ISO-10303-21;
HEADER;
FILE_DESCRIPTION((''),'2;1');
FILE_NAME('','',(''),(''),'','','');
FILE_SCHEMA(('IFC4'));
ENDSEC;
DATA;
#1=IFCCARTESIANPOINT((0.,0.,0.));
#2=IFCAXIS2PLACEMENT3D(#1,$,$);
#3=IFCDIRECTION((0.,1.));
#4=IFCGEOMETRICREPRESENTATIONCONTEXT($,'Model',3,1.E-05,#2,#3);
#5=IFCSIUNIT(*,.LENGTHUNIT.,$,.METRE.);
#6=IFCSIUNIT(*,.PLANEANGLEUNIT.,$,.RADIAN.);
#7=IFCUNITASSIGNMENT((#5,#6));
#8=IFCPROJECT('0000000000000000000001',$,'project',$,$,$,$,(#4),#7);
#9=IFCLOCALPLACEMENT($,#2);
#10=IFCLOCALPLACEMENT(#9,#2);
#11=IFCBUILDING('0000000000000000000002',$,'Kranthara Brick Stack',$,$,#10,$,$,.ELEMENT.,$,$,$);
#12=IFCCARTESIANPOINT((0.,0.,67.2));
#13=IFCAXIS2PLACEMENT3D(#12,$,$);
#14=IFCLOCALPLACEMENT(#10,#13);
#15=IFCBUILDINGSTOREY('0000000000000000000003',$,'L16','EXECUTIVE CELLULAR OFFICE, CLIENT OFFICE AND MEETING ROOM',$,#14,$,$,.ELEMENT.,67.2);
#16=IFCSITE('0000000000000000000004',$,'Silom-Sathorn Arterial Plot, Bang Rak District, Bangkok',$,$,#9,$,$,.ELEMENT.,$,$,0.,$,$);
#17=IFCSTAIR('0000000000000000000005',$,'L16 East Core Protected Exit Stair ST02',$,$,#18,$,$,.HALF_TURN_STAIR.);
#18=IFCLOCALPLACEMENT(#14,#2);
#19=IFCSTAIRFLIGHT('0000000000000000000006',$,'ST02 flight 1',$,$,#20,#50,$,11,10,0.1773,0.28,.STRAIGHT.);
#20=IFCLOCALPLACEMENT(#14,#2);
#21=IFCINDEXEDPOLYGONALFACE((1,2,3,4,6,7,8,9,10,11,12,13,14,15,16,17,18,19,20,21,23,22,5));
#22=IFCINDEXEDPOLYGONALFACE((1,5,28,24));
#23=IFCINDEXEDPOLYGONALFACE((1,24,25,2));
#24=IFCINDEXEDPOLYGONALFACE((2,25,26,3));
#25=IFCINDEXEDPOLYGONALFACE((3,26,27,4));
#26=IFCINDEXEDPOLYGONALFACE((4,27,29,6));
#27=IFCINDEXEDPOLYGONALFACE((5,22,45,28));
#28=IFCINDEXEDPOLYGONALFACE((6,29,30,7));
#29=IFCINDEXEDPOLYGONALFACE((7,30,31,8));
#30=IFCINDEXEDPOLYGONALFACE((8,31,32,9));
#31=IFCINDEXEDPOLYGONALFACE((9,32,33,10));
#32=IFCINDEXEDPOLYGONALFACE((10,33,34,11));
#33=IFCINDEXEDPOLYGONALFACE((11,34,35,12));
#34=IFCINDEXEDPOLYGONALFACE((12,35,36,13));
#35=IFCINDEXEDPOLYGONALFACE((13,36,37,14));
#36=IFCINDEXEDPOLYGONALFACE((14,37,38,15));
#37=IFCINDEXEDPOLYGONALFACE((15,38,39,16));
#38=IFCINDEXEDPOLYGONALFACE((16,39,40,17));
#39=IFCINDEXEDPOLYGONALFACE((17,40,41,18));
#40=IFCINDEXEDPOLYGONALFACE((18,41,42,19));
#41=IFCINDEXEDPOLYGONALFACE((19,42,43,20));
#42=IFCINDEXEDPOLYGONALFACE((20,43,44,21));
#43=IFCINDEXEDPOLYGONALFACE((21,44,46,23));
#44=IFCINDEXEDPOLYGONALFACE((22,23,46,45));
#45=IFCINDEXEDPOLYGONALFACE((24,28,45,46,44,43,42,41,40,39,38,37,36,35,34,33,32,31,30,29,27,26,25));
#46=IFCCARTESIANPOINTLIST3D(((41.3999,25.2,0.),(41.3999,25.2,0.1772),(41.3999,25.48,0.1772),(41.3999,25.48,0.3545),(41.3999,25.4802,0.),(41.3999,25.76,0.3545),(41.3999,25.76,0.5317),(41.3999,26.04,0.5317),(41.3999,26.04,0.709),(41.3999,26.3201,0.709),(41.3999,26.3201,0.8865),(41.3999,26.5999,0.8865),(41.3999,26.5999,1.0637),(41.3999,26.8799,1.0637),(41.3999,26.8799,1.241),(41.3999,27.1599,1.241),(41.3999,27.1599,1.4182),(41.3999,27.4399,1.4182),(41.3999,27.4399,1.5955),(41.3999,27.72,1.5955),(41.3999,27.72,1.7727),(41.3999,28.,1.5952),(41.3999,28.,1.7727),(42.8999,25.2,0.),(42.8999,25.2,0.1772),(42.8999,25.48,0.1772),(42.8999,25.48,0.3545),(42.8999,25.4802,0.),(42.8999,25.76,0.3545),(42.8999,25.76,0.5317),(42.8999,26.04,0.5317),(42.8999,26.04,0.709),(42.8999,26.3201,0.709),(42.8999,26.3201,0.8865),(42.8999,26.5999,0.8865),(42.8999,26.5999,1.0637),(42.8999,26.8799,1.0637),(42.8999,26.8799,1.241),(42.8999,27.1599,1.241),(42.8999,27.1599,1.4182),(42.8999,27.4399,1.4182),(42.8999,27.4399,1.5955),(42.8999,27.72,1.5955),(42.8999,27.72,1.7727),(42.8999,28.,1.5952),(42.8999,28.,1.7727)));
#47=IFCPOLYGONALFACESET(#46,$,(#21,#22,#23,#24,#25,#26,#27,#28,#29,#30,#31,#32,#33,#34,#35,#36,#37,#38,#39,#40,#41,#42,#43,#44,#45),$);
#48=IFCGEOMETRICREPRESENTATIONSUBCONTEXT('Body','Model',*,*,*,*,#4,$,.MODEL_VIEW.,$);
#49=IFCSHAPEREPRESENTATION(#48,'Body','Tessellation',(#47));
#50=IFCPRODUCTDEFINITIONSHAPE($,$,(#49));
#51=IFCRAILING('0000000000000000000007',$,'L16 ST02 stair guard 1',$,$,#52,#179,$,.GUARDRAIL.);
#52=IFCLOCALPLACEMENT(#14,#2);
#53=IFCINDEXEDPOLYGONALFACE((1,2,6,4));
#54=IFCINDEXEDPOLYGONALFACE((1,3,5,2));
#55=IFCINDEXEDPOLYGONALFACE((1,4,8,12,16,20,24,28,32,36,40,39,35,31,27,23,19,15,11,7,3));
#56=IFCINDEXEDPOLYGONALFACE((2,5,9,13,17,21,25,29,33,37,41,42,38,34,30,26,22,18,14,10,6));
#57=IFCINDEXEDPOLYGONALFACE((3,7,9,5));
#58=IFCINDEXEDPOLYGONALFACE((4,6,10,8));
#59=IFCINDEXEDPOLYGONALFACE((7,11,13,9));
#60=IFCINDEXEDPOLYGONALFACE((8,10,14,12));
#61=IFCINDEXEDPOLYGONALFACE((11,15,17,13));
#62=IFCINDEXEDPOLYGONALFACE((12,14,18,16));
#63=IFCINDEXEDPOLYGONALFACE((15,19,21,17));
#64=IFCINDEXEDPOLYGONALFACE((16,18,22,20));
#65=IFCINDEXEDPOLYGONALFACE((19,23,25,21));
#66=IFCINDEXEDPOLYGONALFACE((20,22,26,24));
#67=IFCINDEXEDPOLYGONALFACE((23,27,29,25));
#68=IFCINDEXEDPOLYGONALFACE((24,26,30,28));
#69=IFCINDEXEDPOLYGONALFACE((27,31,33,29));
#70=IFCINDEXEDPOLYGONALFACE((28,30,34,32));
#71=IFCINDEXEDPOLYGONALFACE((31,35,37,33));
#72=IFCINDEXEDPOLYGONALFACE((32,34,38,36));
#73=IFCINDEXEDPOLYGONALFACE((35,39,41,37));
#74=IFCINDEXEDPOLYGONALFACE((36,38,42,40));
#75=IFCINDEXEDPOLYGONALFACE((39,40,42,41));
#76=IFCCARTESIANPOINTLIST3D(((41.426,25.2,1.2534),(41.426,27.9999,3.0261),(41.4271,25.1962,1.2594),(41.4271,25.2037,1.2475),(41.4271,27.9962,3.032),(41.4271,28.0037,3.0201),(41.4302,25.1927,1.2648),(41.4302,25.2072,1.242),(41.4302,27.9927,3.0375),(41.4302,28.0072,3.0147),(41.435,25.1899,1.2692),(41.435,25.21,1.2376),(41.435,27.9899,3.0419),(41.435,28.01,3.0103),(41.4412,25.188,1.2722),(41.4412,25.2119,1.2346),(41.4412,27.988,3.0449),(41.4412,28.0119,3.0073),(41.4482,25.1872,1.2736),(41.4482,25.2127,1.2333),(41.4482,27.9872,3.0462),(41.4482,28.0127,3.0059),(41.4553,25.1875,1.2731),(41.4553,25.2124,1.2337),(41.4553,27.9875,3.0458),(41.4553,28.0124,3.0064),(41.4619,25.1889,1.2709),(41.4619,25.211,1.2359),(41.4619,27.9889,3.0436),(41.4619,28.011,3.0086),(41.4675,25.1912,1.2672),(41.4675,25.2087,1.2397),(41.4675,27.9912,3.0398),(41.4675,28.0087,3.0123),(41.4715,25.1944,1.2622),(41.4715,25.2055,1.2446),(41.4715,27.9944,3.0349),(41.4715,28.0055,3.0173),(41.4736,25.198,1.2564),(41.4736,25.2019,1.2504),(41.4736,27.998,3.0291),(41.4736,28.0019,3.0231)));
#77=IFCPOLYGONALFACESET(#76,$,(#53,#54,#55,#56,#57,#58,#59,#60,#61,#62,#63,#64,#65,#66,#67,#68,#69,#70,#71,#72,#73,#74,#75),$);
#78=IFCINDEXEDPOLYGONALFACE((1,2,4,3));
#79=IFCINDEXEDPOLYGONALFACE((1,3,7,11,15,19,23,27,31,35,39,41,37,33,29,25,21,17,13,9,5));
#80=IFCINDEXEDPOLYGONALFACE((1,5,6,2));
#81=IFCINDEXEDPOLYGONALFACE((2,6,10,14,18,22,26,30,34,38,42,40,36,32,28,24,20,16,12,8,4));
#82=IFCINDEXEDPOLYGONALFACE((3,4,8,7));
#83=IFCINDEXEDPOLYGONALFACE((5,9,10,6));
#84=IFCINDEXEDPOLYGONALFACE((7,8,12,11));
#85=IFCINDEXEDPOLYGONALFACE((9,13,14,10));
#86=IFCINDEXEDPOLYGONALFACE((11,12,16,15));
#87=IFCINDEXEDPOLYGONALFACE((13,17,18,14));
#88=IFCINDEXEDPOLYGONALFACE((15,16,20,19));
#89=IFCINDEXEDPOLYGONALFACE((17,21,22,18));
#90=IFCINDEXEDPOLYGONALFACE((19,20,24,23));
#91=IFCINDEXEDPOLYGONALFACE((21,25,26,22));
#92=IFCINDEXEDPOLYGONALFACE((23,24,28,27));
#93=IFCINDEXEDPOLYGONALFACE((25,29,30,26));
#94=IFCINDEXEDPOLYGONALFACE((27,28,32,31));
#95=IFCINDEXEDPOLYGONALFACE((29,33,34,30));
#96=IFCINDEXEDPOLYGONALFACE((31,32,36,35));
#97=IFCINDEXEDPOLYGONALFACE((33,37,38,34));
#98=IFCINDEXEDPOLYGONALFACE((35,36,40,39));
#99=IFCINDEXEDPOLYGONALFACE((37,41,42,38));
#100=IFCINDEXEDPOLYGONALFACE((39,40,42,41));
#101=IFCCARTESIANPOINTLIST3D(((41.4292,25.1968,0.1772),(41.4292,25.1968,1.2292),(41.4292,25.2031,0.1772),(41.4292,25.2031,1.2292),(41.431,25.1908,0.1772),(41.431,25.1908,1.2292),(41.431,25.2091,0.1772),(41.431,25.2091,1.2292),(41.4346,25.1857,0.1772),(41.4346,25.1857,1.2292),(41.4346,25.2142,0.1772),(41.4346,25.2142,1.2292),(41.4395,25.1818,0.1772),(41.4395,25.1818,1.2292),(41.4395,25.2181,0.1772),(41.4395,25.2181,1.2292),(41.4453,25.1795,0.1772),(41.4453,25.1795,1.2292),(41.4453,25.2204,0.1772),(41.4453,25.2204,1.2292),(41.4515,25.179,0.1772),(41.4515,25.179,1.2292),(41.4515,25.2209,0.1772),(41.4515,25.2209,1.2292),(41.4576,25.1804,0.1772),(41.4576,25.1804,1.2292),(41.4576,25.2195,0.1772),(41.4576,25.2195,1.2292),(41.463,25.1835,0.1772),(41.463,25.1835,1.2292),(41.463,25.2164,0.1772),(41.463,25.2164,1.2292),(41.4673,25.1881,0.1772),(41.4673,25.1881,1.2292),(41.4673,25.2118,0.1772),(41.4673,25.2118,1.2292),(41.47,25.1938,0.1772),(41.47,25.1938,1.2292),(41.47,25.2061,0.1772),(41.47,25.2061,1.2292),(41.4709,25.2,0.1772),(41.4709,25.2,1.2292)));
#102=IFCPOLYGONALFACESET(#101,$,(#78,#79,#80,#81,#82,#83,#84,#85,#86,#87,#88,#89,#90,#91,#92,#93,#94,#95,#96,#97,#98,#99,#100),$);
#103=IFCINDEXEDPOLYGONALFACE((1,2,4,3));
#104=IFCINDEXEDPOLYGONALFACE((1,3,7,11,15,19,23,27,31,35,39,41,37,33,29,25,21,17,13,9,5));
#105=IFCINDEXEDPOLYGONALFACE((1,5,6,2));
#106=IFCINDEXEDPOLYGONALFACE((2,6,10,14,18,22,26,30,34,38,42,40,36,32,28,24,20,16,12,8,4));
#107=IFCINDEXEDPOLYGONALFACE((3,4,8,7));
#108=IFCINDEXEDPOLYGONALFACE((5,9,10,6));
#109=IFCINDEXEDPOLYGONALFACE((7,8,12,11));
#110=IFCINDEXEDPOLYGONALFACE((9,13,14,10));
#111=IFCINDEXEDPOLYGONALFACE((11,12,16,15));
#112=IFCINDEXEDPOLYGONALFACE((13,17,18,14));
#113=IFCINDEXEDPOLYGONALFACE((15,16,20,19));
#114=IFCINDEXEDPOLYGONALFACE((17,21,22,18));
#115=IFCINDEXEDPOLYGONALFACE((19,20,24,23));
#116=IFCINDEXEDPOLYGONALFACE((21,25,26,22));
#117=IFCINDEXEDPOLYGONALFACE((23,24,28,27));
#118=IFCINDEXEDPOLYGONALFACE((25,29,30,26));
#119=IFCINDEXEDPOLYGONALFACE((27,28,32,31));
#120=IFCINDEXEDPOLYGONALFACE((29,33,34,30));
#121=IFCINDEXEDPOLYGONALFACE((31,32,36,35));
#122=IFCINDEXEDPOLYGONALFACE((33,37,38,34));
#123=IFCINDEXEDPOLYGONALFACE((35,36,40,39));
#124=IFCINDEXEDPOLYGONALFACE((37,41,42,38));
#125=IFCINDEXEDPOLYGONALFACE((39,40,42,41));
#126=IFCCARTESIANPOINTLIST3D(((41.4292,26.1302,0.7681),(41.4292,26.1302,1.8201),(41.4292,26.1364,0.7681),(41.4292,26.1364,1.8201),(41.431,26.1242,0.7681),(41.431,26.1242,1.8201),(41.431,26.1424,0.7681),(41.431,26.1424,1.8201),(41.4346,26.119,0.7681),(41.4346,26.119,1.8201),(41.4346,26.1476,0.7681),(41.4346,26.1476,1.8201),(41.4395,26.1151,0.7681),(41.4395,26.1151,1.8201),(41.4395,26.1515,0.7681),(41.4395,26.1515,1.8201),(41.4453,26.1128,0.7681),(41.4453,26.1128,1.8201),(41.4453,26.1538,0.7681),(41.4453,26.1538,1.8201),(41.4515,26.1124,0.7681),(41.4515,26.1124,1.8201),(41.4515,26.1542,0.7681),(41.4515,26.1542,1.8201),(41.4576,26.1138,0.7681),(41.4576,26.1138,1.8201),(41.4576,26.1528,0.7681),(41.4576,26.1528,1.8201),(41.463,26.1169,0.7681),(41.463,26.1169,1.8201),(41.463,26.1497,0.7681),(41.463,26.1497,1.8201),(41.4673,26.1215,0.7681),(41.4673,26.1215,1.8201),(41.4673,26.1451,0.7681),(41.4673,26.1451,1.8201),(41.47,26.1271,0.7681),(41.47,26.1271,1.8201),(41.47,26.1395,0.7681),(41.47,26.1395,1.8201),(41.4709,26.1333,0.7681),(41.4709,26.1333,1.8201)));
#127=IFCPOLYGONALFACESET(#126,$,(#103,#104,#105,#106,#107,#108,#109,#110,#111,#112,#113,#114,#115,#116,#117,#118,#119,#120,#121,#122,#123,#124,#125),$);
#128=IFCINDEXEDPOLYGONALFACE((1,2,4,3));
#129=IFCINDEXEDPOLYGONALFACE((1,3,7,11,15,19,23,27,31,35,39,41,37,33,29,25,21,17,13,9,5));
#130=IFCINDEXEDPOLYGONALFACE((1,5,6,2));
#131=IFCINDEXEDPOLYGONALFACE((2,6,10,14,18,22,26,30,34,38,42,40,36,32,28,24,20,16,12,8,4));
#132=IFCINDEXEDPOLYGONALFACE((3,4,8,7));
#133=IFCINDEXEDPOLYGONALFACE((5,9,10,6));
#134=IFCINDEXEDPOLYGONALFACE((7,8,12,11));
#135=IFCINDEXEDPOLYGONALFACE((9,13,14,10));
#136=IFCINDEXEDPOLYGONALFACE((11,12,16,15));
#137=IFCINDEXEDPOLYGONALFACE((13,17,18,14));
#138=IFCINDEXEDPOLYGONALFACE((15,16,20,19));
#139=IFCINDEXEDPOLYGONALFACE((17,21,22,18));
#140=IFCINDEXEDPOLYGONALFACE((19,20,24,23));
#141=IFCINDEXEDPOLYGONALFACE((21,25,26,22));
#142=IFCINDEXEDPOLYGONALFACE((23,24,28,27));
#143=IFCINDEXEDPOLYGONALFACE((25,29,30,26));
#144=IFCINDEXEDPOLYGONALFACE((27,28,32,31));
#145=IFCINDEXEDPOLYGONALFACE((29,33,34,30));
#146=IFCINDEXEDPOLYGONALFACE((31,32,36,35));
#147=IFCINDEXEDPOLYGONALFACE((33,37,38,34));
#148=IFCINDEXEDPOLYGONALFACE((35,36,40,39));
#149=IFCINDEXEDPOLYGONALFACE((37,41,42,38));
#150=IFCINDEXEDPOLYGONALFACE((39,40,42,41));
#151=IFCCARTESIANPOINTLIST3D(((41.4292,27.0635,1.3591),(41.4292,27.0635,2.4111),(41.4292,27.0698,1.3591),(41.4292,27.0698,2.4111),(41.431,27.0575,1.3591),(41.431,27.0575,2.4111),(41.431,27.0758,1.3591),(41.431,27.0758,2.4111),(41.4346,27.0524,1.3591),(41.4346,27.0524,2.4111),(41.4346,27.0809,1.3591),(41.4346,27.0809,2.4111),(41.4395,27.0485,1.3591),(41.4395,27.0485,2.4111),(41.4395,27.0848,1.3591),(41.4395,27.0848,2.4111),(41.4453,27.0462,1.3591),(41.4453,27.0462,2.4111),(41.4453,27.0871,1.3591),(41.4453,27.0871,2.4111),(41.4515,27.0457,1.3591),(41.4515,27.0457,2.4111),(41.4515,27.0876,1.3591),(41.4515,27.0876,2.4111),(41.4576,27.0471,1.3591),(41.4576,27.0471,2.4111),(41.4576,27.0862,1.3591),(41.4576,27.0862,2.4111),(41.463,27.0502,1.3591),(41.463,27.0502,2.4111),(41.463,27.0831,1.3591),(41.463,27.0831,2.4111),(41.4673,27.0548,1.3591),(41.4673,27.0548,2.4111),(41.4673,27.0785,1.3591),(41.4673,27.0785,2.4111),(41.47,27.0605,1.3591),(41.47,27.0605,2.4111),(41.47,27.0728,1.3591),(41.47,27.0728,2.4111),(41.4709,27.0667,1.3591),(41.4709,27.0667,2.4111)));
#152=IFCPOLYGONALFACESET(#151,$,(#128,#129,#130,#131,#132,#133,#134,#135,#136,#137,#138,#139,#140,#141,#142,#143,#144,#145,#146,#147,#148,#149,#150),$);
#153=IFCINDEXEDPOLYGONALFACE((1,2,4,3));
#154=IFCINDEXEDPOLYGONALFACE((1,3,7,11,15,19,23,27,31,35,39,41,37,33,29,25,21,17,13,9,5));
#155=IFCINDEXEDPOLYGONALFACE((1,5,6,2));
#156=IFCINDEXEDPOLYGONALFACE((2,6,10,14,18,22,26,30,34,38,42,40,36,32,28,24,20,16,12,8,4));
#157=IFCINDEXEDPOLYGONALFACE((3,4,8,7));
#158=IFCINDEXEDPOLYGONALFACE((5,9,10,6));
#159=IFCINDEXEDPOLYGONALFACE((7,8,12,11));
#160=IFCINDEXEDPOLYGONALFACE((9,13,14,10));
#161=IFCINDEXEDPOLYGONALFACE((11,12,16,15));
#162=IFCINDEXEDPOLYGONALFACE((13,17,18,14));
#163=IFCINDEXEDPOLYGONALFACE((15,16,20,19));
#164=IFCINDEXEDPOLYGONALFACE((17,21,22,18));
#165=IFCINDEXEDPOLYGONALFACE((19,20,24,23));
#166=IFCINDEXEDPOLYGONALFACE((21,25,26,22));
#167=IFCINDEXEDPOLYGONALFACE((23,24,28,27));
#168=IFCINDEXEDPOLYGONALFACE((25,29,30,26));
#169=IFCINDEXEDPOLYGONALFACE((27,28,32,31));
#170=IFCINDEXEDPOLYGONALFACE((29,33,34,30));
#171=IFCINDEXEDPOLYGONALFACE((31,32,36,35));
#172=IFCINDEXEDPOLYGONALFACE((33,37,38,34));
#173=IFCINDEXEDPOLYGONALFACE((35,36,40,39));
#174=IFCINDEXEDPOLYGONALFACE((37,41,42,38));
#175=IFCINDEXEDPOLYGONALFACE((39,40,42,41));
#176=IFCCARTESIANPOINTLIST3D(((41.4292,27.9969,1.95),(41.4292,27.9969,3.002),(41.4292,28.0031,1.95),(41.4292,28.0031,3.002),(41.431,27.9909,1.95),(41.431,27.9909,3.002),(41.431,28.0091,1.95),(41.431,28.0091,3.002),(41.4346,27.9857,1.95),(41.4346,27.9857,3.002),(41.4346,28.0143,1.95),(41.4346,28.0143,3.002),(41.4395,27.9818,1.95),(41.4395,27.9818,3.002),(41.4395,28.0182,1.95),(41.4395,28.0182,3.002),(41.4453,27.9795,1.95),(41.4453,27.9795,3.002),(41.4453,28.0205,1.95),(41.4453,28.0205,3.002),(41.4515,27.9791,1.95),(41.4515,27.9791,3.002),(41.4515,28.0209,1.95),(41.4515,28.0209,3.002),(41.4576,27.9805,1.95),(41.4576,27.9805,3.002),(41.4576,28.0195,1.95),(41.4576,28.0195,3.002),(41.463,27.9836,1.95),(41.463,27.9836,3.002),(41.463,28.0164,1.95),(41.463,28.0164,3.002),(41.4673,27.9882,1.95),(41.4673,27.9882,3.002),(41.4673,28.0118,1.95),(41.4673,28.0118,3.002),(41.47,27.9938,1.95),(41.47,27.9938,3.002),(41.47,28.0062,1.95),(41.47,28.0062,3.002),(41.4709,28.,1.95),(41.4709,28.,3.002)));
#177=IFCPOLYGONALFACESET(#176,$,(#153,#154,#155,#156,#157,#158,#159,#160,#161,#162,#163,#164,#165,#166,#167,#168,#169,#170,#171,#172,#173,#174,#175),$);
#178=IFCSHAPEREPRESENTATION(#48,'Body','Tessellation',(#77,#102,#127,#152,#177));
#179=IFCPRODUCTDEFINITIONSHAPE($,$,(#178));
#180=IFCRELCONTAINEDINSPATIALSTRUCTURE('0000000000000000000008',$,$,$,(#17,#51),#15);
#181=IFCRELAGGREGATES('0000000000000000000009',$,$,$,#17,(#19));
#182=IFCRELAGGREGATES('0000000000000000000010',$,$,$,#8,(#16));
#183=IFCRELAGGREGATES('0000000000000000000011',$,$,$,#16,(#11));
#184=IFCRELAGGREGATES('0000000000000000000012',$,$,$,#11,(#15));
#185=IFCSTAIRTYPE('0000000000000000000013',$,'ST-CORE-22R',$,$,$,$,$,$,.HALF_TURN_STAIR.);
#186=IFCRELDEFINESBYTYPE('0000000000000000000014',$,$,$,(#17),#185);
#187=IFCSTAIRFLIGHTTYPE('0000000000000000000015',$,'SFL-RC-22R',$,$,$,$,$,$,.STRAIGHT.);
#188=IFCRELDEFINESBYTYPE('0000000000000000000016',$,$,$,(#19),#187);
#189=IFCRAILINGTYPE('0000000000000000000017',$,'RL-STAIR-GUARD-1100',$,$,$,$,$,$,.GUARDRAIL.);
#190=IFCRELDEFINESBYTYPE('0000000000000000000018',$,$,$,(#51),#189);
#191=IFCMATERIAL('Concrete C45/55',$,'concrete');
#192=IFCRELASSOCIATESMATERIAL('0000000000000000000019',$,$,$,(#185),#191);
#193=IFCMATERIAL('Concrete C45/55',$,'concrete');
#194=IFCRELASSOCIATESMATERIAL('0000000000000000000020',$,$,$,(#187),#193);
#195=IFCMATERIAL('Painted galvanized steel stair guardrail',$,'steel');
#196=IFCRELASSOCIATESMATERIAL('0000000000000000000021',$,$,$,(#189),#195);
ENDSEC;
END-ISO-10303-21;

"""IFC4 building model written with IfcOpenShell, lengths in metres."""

from ifc_helpers import new_model, si_unit, direction, frame, origin, origin_2d, place, context, subcontext, project, spatial, polyline, circle, outline, extrude, material, type_object, element, aggregate, save


model = new_model("IFC4")

# Units and contexts
model_context = context("Model", 3, precision=1e-05, world=origin(), true_north=direction((0.0, 1.0)))
body_context = subcontext(model_context, "Body", "Model", "MODEL_VIEW")
ifc_project = project(units=[si_unit("LENGTHUNIT", "METRE"), si_unit("PLANEANGLEUNIT", "RADIAN")], contexts=[model_context])

# Site, building, storey
site_placement = place(None, origin())
site = spatial("IfcSite", under=ifc_project, at=site_placement, Name="Silom-Sathorn Arterial Plot, Bang Rak District, Bangkok", CompositionType="ELEMENT", RefElevation=0.0)
building_placement = place(site_placement, origin())
building = spatial("IfcBuilding", under=site, at=building_placement, Name="Kranthara Brick Stack", CompositionType="ELEMENT")
storey_placement = place(building_placement, frame((0.0, 0.0, 67.2)))
storey = spatial("IfcBuildingStorey", under=building, at=storey_placement, Name="L16", Description="EXECUTIVE CELLULAR OFFICE, CLIENT OFFICE AND MEETING ROOM", CompositionType="ELEMENT", Elevation=67.2)

# Stair, stair flight
ifc_material_1 = material(Name="Concrete C45/55", Category="concrete")
stair_type = type_object("IfcStairType", Name="ST-CORE-22R", PredefinedType="HALF_TURN_STAIR", material=ifc_material_1)
stair_placement = place(storey_placement, origin())
stair = element("IfcStair", 1, at=stair_placement, inside=storey, type_object=stair_type, Name="L16 East Core Protected Exit Stair ST02", PredefinedType="HALF_TURN_STAIR")
ifc_material_2 = material(Name="Concrete C45/55", Category="concrete")
stair_flight_type = type_object("IfcStairFlightType", Name="SFL-RC-22R", PredefinedType="STRAIGHT", material=ifc_material_2)
stair_flight_placement = place(storey_placement, frame((42.1499, 25.2, 0.0), z_axis=(0.0, 0.0, 1.0), x_axis=(0.0, 1.0, 0.0)))
stair_flight = element("IfcStairFlight", 2, at=stair_flight_placement, type_object=stair_flight_type, Name="ST02 flight 1", NumberOfRisers=11, NumberOfTreads=10, PredefinedType="STRAIGHT", RiserHeight=0.1773, TreadLength=0.28, context=body_context, shape_type="SweptSolid", body=[
    extrude(outline(polyline([(0.0, 0.0), (0.0, 0.1772), (0.28, 0.1772), (0.28, 0.3545), (0.5601, 0.3545), (0.5601, 0.5317), (0.8401, 0.5317), (0.8401, 0.709), (1.1201, 0.709), (1.1201, 0.8865), (1.3999, 0.8865), (1.3999, 1.0637), (1.6799, 1.0637), (1.6799, 1.241), (1.96, 1.241), (1.96, 1.4182), (2.24, 1.4182), (2.24, 1.5955), (2.52, 1.5955), (2.52, 1.7727), (2.8, 1.7727), (2.8, 1.95), (2.8, 1.5952), (0.2803, 0.0), (0.0, 0.0)])), frame((0.0, 0.75, 0.0), z_axis=(0.0, -1.0, 0.0), x_axis=(1.0, 0.0, 0.0)), (0.0, 0.0, 1.0), 1.5),
])
aggregate(stair, [stair_flight])

# Railing
ifc_material_3 = material(Name="Painted galvanized steel stair guardrail", Category="steel")
railing_type_1 = type_object("IfcRailingType", Name="RL-STAIR-GUARD-1100", PredefinedType="GUARDRAIL", material=ifc_material_3)
railing_1_placement = place(storey_placement, frame((41.45, 25.2, 0.1772)))
element("IfcRailing", 3, at=railing_1_placement, inside=storey, type_object=railing_type_1, Name="L16 ST02 stair guard 1", PredefinedType="GUARDRAIL", context=body_context, shape_type="SweptSolid", body=[
    extrude(circle(Radius=0.0239, at=origin_2d()), frame((0.0, 0.0, 1.0762), z_axis=(0.0, 0.844909, 0.53491), x_axis=(-1.0, 0.0, 0.0)), (0.0, 0.0, 1.0), 3.314),
    extrude(circle(Radius=0.021, at=origin_2d()), origin(), (0.0, 0.0, 1.0), 1.052),
    extrude(circle(Radius=0.021, at=origin_2d()), frame((0.0, 0.9333, 0.5908)), (0.0, 0.0, 1.0), 1.052),
    extrude(circle(Radius=0.021, at=origin_2d()), frame((0.0, 1.8667, 1.1819)), (0.0, 0.0, 1.0), 1.052),
    extrude(circle(Radius=0.021, at=origin_2d()), frame((0.0, 2.8, 1.7727)), (0.0, 0.0, 1.0), 1.052),
])

save(model, "model.ifc")
